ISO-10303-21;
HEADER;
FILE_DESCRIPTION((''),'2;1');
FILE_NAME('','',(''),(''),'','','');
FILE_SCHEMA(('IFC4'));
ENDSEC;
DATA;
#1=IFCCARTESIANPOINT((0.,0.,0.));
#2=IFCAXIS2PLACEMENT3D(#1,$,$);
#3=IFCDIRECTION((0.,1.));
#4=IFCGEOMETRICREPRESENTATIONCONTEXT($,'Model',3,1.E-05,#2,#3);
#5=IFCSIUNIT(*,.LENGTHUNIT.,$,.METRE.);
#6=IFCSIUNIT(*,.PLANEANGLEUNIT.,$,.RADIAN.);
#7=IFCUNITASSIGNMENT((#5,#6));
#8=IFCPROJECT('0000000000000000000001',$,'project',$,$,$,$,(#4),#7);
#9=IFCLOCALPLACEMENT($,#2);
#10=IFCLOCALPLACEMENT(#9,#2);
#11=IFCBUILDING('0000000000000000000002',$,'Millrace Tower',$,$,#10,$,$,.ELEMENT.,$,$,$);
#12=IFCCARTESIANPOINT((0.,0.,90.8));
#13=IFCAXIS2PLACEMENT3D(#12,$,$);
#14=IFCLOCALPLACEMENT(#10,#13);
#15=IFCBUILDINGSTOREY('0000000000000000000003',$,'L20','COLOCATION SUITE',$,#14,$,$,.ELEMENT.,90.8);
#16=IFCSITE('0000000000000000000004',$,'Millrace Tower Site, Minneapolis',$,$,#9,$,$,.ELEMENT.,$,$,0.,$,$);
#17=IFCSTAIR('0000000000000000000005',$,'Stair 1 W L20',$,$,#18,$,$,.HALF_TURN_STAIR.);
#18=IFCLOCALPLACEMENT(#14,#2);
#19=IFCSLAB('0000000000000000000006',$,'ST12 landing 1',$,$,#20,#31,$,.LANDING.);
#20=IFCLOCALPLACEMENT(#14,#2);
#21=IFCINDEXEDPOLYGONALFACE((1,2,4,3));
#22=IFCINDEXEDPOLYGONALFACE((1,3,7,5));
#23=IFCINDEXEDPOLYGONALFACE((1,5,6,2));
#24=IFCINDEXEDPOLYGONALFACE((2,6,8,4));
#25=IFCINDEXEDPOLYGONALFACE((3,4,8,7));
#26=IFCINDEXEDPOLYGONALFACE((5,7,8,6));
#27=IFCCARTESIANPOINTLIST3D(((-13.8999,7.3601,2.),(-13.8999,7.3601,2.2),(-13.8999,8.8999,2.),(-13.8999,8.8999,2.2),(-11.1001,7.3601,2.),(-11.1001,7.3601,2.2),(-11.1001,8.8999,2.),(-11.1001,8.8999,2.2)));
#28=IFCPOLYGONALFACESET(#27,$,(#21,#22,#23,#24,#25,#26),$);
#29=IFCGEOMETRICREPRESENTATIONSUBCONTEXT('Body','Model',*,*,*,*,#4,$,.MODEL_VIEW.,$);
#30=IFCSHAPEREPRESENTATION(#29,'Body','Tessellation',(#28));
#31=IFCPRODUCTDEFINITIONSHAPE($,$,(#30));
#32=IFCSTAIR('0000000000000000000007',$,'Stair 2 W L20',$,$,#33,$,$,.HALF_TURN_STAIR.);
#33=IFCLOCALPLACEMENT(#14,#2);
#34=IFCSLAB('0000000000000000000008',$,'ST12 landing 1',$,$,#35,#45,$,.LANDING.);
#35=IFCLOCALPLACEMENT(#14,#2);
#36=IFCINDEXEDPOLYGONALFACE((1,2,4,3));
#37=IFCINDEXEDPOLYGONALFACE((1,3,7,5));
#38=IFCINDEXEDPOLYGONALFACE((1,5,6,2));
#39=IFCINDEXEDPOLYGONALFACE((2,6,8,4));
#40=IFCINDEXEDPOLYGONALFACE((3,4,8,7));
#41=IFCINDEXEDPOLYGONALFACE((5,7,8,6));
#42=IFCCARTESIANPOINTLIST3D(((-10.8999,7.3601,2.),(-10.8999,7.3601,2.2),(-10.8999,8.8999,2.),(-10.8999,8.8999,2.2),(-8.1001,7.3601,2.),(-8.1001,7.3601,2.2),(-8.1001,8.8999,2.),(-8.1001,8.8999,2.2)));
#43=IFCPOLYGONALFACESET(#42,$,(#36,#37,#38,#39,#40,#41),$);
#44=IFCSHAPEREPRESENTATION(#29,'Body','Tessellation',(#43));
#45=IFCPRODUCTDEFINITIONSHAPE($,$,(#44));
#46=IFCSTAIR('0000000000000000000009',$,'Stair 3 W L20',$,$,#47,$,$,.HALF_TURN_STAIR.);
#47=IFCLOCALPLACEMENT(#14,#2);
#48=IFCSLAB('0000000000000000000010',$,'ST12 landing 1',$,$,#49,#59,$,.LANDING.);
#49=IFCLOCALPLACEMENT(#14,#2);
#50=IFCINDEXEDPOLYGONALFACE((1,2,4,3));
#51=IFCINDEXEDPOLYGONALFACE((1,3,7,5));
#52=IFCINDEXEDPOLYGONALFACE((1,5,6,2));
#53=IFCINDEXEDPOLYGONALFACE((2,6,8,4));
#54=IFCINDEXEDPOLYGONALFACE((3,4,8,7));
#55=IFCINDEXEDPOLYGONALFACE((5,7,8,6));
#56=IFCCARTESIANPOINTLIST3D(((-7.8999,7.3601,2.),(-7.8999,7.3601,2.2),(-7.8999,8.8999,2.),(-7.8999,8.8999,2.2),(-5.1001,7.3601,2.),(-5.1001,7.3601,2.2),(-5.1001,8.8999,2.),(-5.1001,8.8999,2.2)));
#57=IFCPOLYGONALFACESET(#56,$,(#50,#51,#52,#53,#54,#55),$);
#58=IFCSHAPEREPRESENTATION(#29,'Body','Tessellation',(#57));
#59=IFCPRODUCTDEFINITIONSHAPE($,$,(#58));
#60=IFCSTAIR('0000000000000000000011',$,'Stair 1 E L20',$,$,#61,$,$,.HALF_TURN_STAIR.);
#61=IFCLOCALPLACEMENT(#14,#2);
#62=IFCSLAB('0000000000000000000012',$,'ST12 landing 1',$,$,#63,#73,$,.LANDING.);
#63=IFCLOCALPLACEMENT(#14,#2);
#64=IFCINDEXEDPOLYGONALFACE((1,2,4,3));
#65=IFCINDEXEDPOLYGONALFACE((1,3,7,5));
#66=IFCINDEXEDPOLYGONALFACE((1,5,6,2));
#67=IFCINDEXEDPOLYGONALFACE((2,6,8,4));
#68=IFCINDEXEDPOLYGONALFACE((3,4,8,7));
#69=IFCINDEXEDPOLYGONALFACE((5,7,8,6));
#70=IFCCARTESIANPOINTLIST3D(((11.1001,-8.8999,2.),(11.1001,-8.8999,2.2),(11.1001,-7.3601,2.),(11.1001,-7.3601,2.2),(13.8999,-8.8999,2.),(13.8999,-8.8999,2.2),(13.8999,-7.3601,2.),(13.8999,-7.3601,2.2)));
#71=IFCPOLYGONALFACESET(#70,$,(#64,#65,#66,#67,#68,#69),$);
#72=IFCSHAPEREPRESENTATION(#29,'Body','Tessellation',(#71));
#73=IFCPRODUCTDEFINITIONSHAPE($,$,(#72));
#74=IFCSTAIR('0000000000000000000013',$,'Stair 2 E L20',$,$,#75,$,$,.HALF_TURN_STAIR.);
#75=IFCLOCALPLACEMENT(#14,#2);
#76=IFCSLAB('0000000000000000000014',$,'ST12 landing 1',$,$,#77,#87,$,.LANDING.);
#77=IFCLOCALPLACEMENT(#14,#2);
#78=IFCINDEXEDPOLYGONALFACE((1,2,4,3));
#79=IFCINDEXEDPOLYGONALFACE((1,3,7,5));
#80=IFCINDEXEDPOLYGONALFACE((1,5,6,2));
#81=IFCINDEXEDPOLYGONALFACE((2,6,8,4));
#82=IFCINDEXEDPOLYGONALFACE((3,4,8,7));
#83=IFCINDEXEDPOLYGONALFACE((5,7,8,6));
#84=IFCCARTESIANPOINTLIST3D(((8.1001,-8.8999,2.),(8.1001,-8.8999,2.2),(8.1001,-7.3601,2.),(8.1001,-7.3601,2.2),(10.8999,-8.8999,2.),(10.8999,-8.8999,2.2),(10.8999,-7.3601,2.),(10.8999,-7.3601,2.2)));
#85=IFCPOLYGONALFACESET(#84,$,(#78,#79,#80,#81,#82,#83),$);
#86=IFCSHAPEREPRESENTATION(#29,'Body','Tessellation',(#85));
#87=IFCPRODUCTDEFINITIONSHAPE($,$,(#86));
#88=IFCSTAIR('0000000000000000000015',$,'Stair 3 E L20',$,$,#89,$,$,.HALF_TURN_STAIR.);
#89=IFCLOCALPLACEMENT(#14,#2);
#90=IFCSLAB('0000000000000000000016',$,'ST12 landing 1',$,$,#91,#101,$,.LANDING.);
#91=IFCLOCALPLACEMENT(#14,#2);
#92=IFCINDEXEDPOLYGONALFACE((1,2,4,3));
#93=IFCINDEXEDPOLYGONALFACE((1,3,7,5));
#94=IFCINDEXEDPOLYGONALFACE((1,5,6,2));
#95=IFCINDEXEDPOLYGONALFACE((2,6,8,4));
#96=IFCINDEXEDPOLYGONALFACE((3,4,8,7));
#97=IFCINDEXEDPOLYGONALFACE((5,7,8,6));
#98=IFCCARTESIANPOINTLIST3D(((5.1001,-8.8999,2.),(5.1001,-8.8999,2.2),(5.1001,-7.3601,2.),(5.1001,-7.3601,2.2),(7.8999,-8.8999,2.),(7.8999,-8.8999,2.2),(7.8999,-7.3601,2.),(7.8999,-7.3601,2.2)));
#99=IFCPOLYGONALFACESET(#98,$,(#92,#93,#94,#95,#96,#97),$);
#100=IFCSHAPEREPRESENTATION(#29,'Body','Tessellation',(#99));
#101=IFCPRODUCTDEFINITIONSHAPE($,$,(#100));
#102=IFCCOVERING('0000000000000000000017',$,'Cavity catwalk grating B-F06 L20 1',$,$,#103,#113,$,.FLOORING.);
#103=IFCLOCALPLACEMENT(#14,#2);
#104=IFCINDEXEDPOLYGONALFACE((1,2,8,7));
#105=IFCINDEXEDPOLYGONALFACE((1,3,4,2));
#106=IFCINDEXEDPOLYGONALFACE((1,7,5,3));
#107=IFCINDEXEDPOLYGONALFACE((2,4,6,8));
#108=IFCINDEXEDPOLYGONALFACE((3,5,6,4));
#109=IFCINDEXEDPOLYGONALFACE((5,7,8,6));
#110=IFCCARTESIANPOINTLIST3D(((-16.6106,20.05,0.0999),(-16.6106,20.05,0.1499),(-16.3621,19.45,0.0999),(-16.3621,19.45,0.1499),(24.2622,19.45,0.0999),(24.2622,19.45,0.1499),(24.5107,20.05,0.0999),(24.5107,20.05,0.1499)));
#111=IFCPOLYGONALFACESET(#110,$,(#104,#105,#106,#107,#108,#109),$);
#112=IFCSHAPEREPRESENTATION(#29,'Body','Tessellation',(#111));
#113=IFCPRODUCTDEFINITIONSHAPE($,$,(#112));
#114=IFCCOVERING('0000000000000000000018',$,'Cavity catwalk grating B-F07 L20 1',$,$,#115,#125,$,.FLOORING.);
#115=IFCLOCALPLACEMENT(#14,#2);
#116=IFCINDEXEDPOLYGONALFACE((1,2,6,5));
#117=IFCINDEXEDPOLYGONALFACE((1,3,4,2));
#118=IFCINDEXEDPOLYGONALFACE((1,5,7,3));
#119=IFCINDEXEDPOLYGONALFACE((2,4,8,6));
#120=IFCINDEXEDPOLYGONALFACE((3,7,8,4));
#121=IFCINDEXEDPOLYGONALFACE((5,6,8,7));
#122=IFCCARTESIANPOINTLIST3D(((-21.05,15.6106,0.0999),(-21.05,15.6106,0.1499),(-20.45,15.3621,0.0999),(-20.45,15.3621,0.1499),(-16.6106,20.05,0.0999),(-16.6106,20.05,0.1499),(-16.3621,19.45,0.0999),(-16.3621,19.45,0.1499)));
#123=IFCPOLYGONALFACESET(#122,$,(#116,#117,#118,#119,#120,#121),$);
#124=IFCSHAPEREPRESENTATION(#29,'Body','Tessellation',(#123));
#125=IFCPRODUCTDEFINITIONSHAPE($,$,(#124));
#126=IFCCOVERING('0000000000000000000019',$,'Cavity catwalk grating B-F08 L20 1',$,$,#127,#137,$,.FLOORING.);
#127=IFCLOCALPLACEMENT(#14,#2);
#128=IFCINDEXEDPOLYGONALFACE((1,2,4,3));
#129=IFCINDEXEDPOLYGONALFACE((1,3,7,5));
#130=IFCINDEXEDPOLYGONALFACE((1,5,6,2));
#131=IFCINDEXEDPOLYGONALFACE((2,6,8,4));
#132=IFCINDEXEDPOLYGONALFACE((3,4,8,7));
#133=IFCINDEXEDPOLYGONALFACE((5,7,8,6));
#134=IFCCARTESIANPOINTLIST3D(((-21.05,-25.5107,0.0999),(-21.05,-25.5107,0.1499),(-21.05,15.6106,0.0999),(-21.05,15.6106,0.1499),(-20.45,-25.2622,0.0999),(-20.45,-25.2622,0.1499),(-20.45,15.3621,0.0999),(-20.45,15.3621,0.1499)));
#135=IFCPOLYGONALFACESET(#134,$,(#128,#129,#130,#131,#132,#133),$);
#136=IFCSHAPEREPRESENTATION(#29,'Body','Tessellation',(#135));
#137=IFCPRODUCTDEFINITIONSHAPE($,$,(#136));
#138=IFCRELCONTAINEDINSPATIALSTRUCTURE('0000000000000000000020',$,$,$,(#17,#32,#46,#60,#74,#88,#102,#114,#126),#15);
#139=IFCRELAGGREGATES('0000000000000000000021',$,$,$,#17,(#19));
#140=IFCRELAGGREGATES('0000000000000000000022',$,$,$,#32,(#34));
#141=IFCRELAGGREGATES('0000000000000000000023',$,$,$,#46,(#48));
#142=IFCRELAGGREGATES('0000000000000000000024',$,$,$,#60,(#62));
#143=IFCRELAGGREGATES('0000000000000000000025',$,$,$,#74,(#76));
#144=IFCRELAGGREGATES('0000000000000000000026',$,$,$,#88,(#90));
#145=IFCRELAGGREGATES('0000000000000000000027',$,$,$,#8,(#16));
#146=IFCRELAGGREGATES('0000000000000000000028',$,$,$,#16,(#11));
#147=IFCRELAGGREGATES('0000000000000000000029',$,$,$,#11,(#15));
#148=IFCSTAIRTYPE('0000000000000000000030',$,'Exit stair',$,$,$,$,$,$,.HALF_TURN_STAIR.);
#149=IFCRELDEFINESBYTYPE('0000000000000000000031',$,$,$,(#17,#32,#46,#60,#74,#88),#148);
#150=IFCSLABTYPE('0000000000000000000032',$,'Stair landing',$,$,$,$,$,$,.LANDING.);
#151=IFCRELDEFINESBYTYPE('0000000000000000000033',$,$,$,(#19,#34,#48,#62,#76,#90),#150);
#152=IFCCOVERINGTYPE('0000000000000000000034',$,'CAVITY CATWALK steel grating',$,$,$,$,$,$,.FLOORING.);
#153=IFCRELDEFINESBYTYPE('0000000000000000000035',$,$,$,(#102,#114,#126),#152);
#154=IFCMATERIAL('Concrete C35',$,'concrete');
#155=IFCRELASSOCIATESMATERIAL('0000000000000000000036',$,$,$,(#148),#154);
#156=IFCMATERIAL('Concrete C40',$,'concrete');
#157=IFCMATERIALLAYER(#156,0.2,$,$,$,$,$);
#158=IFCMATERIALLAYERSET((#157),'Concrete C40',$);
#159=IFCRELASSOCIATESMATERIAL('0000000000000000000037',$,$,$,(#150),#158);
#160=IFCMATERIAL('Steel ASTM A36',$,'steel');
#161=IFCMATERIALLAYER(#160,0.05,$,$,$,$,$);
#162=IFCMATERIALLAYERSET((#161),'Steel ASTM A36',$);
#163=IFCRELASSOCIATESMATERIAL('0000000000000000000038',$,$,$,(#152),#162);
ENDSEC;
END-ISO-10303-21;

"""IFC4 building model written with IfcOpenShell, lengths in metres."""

from ifc_helpers import new_model, si_unit, direction, frame, origin, place, context, subcontext, project, spatial, polyline, outline, extrude, material, layer, layer_set, type_object, element, aggregate, save


model = new_model("IFC4")

# Units and contexts
model_context = context("Model", 3, precision=1e-05, world=origin(), true_north=direction((0.0, 1.0)))
body_context = subcontext(model_context, "Body", "Model", "MODEL_VIEW")
ifc_project = project(units=[si_unit("LENGTHUNIT", "METRE"), si_unit("PLANEANGLEUNIT", "RADIAN")], contexts=[model_context])

# Site, building, storey
site_placement = place(None, origin())
site = spatial("IfcSite", under=ifc_project, at=site_placement, Name="Millrace Tower Site, Minneapolis", CompositionType="ELEMENT", RefElevation=0.0)
building_placement = place(site_placement, origin())
building = spatial("IfcBuilding", under=site, at=building_placement, Name="Millrace Tower", CompositionType="ELEMENT")
storey_placement = place(building_placement, frame((0.0, 0.0, 90.8)))
storey = spatial("IfcBuildingStorey", under=building, at=storey_placement, Name="L20", Description="COLOCATION SUITE", CompositionType="ELEMENT", Elevation=90.8)

# Shared definitions
placement_1 = place(storey_placement, origin())

# Stairs, slabs
ifc_material_1 = material(Name="Concrete C35", Category="concrete")
stair_type = type_object("IfcStairType", Name="Exit stair", PredefinedType="HALF_TURN_STAIR", material=ifc_material_1)
stair_1 = element("IfcStair", 1, at=placement_1, inside=storey, type_object=stair_type, Name="Stair 1 W L20", PredefinedType="HALF_TURN_STAIR")
ifc_material_2 = material(Name="Concrete C40", Category="concrete")
ifc_layer_1 = layer(ifc_material_2, 0.2)
ifc_layer_set_1 = layer_set([ifc_layer_1], Name="Concrete C40")
slab_type = type_object("IfcSlabType", Name="Stair landing", PredefinedType="LANDING", material=ifc_layer_set_1)
placement_2 = place(storey_placement, frame((0.0, 0.0, 2.0)))
slab_1 = element("IfcSlab", 2, at=placement_2, type_object=slab_type, Name="ST12 landing 1", PredefinedType="LANDING", context=body_context, shape_type="SweptSolid", body=[
    extrude(outline(polyline([(-13.8999, 7.3601), (-11.1001, 7.3601), (-11.1001, 8.8999), (-13.8999, 8.8999), (-13.8999, 7.3601)])), origin(), (0.0, 0.0, 1.0), 0.2),
])
aggregate(stair_1, [slab_1])
stair_2 = element("IfcStair", 3, at=placement_1, inside=storey, type_object=stair_type, Name="Stair 2 W L20", PredefinedType="HALF_TURN_STAIR")
slab_2 = element("IfcSlab", 4, at=placement_2, type_object=slab_type, Name="ST12 landing 1", PredefinedType="LANDING", context=body_context, shape_type="SweptSolid", body=[
    extrude(outline(polyline([(-10.8999, 7.3601), (-8.1001, 7.3601), (-8.1001, 8.8999), (-10.8999, 8.8999), (-10.8999, 7.3601)])), origin(), (0.0, 0.0, 1.0), 0.2),
])
aggregate(stair_2, [slab_2])
stair_3 = element("IfcStair", 5, at=placement_1, inside=storey, type_object=stair_type, Name="Stair 3 W L20", PredefinedType="HALF_TURN_STAIR")
slab_3 = element("IfcSlab", 6, at=placement_2, type_object=slab_type, Name="ST12 landing 1", PredefinedType="LANDING", context=body_context, shape_type="SweptSolid", body=[
    extrude(outline(polyline([(-7.8999, 7.3601), (-5.1001, 7.3601), (-5.1001, 8.8999), (-7.8999, 8.8999), (-7.8999, 7.3601)])), origin(), (0.0, 0.0, 1.0), 0.2),
])
aggregate(stair_3, [slab_3])
stair_4 = element("IfcStair", 7, at=placement_1, inside=storey, type_object=stair_type, Name="Stair 1 E L20", PredefinedType="HALF_TURN_STAIR")
slab_4 = element("IfcSlab", 8, at=placement_2, type_object=slab_type, Name="ST12 landing 1", PredefinedType="LANDING", context=body_context, shape_type="SweptSolid", body=[
    extrude(outline(polyline([(11.1001, -8.8999), (13.8999, -8.8999), (13.8999, -7.3601), (11.1001, -7.3601), (11.1001, -8.8999)])), origin(), (0.0, 0.0, 1.0), 0.2),
])
aggregate(stair_4, [slab_4])
stair_5 = element("IfcStair", 9, at=placement_1, inside=storey, type_object=stair_type, Name="Stair 2 E L20", PredefinedType="HALF_TURN_STAIR")
slab_5 = element("IfcSlab", 10, at=placement_2, type_object=slab_type, Name="ST12 landing 1", PredefinedType="LANDING", context=body_context, shape_type="SweptSolid", body=[
    extrude(outline(polyline([(8.1001, -8.8999), (10.8999, -8.8999), (10.8999, -7.3601), (8.1001, -7.3601), (8.1001, -8.8999)])), origin(), (0.0, 0.0, 1.0), 0.2),
])
aggregate(stair_5, [slab_5])
stair_6 = element("IfcStair", 11, at=placement_1, inside=storey, type_object=stair_type, Name="Stair 3 E L20", PredefinedType="HALF_TURN_STAIR")
slab_6 = element("IfcSlab", 12, at=placement_2, type_object=slab_type, Name="ST12 landing 1", PredefinedType="LANDING", context=body_context, shape_type="SweptSolid", body=[
    extrude(outline(polyline([(5.1001, -8.8999), (7.8999, -8.8999), (7.8999, -7.3601), (5.1001, -7.3601), (5.1001, -8.8999)])), origin(), (0.0, 0.0, 1.0), 0.2),
])
aggregate(stair_6, [slab_6])

# Coverings
ifc_material_3 = material(Name="Steel ASTM A36", Category="steel")
ifc_layer_2 = layer(ifc_material_3, 0.05)
ifc_layer_set_2 = layer_set([ifc_layer_2], Name="Steel ASTM A36")
covering_type = type_object("IfcCoveringType", Name="CAVITY CATWALK steel grating", PredefinedType="FLOORING", material=ifc_layer_set_2)
placement_3 = place(storey_placement, frame((0.0, 0.0, 0.0999)))
element("IfcCovering", 13, at=placement_3, inside=storey, type_object=covering_type, Name="Cavity catwalk grating B-F06 L20 1", PredefinedType="FLOORING", context=body_context, shape_type="SweptSolid", body=[
    extrude(outline(polyline([(24.5107, 20.05), (-16.6106, 20.05), (-16.3621, 19.45), (24.2622, 19.45), (24.5107, 20.05)])), origin(), (0.0, 0.0, 1.0), 0.05),
])
element("IfcCovering", 14, at=placement_3, inside=storey, type_object=covering_type, Name="Cavity catwalk grating B-F07 L20 1", PredefinedType="FLOORING", context=body_context, shape_type="SweptSolid", body=[
    extrude(outline(polyline([(-16.6106, 20.05), (-21.05, 15.6106), (-20.45, 15.3621), (-16.3621, 19.45), (-16.6106, 20.05)])), origin(), (0.0, 0.0, 1.0), 0.05),
])
element("IfcCovering", 15, at=placement_3, inside=storey, type_object=covering_type, Name="Cavity catwalk grating B-F08 L20 1", PredefinedType="FLOORING", context=body_context, shape_type="SweptSolid", body=[
    extrude(outline(polyline([(-21.05, 15.6106), (-21.05, -25.5107), (-20.45, -25.2622), (-20.45, 15.3621), (-21.05, 15.6106)])), origin(), (0.0, 0.0, 1.0), 0.05),
])

save(model, "model.ifc")
